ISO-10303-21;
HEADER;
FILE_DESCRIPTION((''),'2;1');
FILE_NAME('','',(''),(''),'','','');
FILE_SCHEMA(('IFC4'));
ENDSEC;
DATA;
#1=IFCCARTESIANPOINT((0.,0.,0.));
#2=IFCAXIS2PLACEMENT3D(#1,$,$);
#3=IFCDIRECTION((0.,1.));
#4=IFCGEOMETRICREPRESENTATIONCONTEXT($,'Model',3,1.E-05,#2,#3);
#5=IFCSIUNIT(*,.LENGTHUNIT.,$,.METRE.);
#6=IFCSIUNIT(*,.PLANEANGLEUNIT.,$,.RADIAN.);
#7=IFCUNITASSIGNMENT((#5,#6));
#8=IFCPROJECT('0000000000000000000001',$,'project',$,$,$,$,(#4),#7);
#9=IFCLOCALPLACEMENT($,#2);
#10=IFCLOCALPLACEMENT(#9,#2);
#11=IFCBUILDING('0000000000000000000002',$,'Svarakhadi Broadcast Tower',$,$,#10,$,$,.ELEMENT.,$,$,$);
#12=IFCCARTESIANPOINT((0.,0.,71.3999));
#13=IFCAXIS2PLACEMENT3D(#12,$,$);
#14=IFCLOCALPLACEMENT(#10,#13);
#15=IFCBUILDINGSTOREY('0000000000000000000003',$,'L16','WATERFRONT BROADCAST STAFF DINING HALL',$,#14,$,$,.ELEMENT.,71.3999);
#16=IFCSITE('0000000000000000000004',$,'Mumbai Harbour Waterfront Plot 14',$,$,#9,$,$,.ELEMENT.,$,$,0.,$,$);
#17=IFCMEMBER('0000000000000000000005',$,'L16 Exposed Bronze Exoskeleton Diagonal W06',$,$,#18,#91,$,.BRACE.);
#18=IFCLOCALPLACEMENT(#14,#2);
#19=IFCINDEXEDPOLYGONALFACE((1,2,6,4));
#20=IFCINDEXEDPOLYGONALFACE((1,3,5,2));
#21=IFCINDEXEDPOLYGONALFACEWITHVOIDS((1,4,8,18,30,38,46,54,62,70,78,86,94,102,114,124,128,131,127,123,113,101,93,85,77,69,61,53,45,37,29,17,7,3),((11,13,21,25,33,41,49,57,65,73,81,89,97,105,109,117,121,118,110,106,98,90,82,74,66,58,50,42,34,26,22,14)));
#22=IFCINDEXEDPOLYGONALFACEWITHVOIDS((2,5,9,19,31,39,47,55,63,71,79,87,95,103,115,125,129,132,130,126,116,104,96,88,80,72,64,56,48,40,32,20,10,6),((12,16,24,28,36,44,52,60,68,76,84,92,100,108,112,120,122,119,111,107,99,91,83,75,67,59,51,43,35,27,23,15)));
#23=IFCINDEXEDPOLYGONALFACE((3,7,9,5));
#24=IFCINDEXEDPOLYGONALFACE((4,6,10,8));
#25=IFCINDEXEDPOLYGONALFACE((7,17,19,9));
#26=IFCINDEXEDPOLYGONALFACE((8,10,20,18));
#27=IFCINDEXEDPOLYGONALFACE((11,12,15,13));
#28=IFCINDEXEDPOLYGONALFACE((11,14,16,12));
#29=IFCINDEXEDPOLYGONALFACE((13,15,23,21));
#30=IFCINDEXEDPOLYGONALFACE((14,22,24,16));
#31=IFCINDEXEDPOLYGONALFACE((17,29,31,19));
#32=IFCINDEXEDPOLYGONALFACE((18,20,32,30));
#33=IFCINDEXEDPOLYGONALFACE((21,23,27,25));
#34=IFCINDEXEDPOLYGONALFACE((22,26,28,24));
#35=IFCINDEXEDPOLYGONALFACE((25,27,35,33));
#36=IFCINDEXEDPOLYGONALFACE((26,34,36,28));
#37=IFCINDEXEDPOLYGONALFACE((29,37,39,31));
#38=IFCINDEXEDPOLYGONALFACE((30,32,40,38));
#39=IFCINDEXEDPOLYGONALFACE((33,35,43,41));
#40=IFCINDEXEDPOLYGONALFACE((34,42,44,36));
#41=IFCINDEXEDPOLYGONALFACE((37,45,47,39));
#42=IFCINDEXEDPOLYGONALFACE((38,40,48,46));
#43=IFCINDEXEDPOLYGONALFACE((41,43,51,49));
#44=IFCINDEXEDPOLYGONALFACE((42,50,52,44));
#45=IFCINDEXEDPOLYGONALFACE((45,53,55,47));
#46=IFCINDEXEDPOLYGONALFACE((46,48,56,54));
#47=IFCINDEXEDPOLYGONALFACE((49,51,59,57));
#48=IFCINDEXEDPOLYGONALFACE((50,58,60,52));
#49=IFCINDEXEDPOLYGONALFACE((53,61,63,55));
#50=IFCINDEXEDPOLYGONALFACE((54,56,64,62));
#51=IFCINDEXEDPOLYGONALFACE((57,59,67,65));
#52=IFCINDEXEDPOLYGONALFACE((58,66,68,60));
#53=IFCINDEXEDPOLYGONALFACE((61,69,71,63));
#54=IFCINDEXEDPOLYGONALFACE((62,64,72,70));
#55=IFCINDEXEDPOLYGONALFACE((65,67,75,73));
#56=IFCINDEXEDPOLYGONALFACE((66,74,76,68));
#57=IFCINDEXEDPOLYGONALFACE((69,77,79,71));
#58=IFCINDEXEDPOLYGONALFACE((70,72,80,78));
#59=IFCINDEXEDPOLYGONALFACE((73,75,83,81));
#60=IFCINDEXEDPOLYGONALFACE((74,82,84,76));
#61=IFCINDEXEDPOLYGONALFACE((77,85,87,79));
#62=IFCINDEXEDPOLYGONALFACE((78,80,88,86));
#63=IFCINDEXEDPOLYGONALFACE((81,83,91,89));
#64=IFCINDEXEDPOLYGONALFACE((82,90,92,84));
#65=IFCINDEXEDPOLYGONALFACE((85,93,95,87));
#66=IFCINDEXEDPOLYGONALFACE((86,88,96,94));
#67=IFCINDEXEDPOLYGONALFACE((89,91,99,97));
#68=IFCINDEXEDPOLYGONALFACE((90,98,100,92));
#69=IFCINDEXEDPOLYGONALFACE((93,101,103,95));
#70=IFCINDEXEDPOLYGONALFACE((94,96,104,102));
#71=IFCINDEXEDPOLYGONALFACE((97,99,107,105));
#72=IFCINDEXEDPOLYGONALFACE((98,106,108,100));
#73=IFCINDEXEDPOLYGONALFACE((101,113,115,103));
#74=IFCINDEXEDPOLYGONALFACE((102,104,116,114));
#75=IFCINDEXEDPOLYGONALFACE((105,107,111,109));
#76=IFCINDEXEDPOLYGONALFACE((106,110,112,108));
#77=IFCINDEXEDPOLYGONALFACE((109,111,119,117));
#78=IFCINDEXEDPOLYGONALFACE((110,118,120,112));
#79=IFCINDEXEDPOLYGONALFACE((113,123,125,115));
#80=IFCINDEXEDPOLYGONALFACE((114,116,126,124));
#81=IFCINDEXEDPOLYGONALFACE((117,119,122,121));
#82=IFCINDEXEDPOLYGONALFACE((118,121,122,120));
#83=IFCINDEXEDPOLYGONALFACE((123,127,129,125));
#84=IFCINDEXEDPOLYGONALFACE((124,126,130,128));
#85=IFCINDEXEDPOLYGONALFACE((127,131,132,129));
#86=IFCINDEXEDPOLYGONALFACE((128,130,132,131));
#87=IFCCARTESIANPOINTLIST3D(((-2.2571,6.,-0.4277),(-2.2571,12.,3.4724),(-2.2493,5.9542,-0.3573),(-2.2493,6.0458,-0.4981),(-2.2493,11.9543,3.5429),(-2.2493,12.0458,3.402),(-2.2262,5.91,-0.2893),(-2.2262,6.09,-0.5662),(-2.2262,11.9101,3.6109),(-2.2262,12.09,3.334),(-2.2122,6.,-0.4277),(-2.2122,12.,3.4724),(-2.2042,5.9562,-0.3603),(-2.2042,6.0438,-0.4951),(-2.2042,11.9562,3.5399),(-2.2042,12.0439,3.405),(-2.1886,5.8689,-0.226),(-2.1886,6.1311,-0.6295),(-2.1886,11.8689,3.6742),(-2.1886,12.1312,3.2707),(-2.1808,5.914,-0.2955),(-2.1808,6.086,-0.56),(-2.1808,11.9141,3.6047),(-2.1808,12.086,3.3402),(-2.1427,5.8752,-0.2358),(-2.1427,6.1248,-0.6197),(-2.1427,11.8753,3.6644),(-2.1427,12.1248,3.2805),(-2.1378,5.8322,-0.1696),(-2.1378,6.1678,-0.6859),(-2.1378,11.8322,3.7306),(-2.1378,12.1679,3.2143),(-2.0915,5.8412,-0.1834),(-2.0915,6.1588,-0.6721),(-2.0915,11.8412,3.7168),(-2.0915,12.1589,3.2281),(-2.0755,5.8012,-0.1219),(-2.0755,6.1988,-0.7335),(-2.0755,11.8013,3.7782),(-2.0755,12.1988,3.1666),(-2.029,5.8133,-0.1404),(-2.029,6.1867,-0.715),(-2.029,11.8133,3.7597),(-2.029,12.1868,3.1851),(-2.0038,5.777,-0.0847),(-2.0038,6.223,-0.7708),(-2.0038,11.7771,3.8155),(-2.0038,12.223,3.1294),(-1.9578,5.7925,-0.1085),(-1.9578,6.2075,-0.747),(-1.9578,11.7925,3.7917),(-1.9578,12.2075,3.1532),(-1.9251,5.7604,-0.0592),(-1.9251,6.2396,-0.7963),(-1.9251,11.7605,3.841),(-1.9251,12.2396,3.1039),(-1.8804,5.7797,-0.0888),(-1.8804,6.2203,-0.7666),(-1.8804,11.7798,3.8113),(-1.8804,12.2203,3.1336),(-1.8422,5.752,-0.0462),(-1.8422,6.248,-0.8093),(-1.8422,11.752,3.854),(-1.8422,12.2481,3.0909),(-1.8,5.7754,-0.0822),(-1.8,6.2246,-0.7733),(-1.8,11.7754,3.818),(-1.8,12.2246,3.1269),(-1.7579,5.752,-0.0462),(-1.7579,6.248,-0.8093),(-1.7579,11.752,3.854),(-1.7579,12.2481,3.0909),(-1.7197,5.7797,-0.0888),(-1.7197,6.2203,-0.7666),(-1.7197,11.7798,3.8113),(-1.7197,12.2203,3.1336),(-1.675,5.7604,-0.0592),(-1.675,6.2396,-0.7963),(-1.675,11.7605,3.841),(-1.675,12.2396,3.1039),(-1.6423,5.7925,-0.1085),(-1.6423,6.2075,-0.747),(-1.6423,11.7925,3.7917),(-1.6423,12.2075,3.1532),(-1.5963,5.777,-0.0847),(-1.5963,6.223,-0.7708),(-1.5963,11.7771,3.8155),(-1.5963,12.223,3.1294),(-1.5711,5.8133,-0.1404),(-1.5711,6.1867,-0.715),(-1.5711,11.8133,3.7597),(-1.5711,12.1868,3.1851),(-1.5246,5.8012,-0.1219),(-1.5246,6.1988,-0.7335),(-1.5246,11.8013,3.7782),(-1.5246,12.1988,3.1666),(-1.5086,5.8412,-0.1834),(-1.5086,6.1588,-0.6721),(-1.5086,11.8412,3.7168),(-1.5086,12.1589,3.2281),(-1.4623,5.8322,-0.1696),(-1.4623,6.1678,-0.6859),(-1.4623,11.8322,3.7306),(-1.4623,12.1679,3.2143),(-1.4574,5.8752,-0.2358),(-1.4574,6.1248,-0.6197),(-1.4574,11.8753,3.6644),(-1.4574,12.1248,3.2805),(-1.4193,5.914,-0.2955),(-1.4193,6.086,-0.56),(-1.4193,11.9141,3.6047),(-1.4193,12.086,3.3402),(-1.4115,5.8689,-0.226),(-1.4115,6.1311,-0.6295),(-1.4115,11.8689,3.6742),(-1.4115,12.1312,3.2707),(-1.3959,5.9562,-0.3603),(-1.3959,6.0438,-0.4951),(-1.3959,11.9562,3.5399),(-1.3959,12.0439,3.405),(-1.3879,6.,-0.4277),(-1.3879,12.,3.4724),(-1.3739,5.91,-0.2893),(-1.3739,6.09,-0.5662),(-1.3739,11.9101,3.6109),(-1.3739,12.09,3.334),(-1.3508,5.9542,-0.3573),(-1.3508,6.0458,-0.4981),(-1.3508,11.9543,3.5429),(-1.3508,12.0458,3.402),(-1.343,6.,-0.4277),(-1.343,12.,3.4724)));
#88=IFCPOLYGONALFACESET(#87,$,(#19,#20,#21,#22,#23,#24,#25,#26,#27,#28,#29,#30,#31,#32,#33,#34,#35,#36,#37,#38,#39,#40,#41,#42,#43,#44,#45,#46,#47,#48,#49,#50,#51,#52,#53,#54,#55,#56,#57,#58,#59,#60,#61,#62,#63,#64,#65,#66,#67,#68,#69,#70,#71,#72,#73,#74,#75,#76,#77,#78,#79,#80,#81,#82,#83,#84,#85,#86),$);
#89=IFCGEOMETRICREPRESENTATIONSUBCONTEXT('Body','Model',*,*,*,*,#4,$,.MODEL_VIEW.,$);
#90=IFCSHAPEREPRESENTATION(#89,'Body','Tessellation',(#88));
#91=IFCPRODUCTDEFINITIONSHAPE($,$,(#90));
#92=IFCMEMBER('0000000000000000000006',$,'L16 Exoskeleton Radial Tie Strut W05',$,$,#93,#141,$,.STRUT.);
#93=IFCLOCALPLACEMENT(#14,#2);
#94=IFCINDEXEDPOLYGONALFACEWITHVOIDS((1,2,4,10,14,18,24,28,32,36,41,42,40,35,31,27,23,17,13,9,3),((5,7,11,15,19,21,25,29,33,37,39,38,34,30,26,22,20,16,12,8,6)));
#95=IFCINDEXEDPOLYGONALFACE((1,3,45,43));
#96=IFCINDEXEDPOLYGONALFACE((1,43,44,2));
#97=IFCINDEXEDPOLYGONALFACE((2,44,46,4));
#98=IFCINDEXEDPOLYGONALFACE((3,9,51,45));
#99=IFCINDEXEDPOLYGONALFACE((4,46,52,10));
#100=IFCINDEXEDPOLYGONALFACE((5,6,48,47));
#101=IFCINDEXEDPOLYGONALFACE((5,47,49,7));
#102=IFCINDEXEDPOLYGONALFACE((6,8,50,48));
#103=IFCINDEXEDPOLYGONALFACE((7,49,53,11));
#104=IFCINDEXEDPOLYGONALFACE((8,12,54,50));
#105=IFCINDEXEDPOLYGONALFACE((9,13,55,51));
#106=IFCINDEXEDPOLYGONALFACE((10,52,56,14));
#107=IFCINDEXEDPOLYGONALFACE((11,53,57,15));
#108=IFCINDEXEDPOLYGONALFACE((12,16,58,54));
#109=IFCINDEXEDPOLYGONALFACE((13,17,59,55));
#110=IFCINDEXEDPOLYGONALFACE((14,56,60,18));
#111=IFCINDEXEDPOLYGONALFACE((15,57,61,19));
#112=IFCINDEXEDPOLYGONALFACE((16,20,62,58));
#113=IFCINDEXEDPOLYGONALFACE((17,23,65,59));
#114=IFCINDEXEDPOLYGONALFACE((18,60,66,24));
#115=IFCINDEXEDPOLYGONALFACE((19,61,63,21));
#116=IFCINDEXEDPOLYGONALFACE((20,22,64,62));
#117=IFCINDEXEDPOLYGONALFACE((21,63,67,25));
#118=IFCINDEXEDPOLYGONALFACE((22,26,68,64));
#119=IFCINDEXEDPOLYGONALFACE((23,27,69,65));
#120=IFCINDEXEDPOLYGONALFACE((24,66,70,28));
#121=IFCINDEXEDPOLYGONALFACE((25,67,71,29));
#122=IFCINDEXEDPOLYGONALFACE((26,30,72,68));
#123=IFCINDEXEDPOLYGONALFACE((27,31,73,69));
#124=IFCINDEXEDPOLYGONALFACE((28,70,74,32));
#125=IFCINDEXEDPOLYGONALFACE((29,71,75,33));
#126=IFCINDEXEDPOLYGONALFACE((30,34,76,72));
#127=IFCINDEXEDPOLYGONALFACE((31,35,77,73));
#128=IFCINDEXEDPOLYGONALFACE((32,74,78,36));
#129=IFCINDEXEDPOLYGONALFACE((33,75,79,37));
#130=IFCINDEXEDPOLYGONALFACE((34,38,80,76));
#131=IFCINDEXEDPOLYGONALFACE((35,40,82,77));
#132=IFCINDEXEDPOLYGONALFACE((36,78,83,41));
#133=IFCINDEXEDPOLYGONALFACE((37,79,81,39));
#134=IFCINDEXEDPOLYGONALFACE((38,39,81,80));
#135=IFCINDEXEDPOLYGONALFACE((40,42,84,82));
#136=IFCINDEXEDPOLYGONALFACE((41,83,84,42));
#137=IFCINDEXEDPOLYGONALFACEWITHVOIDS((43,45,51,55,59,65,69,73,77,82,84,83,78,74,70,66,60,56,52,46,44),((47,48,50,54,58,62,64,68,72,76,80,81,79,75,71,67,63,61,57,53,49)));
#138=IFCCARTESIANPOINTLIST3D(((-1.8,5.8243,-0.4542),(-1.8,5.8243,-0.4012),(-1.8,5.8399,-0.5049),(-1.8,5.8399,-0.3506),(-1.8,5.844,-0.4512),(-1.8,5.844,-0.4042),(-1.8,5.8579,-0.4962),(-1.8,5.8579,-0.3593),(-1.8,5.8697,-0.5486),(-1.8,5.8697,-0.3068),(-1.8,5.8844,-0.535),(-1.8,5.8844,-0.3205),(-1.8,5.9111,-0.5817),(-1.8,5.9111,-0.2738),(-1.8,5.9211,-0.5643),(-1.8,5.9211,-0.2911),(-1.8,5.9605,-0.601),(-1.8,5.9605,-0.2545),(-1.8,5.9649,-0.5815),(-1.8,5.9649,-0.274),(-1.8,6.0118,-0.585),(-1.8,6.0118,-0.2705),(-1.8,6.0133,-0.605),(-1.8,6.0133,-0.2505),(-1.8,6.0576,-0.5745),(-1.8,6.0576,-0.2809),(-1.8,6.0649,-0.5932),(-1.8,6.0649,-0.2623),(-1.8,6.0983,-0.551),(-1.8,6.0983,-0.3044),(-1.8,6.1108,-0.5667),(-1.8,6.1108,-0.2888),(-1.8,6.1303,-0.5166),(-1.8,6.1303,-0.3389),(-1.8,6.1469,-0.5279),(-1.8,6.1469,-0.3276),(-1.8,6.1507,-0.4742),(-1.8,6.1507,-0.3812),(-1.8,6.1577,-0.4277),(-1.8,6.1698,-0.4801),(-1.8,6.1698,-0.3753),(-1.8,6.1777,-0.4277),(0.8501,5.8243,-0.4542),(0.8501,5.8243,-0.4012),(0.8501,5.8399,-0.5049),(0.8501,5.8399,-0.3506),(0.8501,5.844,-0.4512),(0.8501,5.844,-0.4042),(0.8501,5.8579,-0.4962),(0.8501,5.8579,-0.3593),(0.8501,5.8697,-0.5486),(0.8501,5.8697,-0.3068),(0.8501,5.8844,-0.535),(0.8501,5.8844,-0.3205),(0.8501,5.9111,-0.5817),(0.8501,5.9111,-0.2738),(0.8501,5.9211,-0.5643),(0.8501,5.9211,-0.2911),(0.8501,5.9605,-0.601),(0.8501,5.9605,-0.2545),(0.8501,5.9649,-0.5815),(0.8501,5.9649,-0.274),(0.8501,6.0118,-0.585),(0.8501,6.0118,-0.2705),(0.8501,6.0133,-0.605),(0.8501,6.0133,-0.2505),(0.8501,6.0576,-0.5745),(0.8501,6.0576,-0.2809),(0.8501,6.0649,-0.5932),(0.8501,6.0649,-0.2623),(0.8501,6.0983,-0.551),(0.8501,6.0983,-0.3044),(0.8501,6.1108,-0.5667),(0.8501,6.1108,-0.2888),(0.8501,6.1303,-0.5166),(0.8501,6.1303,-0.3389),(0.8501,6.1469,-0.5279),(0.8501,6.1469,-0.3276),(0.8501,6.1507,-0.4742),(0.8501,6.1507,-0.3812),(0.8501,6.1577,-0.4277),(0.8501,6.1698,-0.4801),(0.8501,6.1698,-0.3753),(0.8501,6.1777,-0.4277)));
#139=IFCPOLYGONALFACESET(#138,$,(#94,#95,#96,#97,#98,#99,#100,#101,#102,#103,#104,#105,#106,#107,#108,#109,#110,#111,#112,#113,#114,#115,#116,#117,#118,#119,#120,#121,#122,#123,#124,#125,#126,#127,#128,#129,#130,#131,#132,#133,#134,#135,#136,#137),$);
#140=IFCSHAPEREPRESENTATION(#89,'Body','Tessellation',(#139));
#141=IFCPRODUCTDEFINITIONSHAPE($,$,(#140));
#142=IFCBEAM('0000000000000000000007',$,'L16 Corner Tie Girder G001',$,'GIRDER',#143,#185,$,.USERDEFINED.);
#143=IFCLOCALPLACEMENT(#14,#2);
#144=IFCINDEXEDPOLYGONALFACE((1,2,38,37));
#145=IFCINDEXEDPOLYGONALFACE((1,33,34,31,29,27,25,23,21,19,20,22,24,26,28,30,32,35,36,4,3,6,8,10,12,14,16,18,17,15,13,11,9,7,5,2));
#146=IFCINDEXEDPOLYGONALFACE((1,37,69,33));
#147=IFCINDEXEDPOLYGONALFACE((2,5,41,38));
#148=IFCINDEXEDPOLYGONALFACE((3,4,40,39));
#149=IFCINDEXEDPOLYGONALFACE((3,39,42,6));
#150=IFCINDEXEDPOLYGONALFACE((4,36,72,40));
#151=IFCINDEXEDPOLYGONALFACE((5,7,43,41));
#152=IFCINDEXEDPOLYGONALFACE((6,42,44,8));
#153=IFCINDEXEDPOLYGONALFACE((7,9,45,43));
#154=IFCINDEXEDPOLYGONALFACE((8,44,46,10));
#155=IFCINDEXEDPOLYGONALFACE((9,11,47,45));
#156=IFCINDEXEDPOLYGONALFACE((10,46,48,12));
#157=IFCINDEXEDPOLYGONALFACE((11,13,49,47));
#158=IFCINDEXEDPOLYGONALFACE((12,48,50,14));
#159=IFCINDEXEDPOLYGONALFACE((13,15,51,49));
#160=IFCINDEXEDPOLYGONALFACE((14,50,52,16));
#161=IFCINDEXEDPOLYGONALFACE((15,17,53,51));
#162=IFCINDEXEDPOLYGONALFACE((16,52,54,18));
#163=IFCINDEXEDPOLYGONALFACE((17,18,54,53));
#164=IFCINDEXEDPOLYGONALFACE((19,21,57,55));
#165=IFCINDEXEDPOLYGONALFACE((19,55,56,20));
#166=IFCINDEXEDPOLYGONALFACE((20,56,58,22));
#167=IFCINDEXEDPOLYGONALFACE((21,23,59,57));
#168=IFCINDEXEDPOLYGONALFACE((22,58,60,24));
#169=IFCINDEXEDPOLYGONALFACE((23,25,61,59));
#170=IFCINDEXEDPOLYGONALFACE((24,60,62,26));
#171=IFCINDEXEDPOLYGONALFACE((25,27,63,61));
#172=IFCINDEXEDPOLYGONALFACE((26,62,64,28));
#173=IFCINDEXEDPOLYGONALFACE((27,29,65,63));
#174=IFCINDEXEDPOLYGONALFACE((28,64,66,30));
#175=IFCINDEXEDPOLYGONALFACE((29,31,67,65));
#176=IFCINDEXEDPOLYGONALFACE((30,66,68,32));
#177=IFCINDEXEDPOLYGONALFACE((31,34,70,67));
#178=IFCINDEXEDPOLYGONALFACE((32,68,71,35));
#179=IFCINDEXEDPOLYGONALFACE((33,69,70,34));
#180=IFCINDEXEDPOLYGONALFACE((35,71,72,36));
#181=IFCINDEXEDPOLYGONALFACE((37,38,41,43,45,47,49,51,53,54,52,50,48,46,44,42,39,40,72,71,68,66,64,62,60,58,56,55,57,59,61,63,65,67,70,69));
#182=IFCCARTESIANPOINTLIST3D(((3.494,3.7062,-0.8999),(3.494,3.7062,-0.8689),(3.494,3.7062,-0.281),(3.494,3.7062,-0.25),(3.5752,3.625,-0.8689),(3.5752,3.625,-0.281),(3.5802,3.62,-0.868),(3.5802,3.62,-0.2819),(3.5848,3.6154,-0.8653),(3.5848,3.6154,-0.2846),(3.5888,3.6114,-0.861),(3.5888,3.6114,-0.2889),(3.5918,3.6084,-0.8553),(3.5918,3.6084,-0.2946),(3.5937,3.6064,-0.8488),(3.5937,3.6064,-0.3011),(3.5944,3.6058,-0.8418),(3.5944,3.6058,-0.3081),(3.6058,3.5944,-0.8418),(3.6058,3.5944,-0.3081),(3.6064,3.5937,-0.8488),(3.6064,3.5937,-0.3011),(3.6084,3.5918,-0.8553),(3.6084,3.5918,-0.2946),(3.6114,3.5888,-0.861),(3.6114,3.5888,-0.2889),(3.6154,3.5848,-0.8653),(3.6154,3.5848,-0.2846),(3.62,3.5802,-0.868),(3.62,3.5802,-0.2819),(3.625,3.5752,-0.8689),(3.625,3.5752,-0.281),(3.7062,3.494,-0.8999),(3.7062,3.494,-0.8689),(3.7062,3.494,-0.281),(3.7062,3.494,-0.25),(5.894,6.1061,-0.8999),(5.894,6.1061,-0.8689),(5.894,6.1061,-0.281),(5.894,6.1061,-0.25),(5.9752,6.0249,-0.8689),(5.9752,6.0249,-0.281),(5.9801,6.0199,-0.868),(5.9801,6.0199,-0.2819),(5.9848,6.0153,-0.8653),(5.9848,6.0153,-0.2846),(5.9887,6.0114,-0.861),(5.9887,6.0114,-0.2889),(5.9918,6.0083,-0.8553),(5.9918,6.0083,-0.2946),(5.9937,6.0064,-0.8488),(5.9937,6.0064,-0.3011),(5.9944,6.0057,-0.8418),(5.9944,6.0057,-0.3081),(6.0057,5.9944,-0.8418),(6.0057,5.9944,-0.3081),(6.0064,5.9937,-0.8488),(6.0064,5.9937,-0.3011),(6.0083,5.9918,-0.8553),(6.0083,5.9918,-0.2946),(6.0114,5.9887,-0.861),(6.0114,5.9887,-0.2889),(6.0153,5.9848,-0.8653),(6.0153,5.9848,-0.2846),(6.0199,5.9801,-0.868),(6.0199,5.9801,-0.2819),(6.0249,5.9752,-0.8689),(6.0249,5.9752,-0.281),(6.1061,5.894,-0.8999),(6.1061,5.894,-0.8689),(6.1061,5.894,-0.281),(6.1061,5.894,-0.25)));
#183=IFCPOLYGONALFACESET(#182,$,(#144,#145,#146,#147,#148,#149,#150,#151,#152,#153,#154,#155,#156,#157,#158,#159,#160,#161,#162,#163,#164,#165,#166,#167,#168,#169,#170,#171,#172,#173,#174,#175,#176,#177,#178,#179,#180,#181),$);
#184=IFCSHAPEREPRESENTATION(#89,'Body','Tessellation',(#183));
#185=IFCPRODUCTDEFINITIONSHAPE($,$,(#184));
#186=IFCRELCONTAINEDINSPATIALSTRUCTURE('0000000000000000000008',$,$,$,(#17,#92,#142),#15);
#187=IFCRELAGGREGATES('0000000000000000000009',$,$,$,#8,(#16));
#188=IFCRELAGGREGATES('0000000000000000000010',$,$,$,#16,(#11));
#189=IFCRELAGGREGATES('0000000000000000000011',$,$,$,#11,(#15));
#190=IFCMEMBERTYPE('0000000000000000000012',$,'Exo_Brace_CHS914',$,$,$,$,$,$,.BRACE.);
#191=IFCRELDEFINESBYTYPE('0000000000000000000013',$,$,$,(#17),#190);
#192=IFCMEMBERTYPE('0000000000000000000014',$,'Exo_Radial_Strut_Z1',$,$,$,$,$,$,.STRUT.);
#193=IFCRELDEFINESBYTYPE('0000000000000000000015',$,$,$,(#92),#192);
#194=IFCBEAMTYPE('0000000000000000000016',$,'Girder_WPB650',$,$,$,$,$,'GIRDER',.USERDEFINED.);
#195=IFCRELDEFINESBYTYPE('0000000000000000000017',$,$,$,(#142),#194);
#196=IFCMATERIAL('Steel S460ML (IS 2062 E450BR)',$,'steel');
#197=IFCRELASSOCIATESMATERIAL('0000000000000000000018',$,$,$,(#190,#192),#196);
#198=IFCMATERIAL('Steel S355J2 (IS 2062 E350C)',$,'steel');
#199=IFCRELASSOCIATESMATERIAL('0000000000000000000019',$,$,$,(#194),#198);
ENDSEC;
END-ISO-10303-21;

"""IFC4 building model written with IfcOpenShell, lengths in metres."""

from ifc_helpers import new_model, si_unit, direction, frame, origin, origin_2d, place, context, subcontext, project, spatial, hollow_circle, i_section, extrude, material, material_profile, profile_set, type_object, element, save


model = new_model("IFC4")

# Units and contexts
model_context = context("Model", 3, precision=1e-05, world=origin(), true_north=direction((0.0, 1.0)))
body_context = subcontext(model_context, "Body", "Model", "MODEL_VIEW")
ifc_project = project(units=[si_unit("LENGTHUNIT", "METRE"), si_unit("PLANEANGLEUNIT", "RADIAN")], contexts=[model_context])

# Site, building, storey
site_placement = place(None, origin())
site = spatial("IfcSite", under=ifc_project, at=site_placement, Name="Mumbai Harbour Waterfront Plot 14", CompositionType="ELEMENT", RefElevation=0.0)
building_placement = place(site_placement, origin())
building = spatial("IfcBuilding", under=site, at=building_placement, Name="Svarakhadi Broadcast Tower", CompositionType="ELEMENT")
storey_placement = place(building_placement, frame((0.0, 0.0, 71.3999)))
storey = spatial("IfcBuildingStorey", under=building, at=storey_placement, Name="L16", Description="WATERFRONT BROADCAST STAFF DINING HALL", CompositionType="ELEMENT", Elevation=71.3999)

# Shared definitions
ifc_material_1 = material(Name="Steel S460ML (IS 2062 E450BR)", Category="steel")

# Members
ifc_material_profile_1 = material_profile(ifc_material_1, hollow_circle(Radius=0.457, WallThickness=0.0449, at=origin_2d()), Name="CHS 914x45")
ifc_profile_set_1 = profile_set([ifc_material_profile_1], Name="Steel S460ML (IS 2062 E450BR)")
member_type_1 = type_object("IfcMemberType", Name="Exo_Brace_CHS914", PredefinedType="BRACE", material=ifc_profile_set_1)
member_1_placement = place(storey_placement, frame((-1.8, 6.0, -0.4277), z_axis=(0.0, 0.838434, 0.545003), x_axis=(-1.0, 0.0, 0.0)))
element("IfcMember", 1, at=member_1_placement, inside=storey, type_object=member_type_1, Name="L16 Exposed Bronze Exoskeleton Diagonal W06", PredefinedType="BRACE", context=body_context, shape_type="SweptSolid", body=[
    extrude(hollow_circle(Radius=0.457, WallThickness=0.0449, at=origin_2d()), origin(), (0.0, 0.0, 1.0), 7.1562),
])
ifc_material_profile_2 = material_profile(ifc_material_1, hollow_circle(Radius=0.1777, WallThickness=0.02, at=origin_2d()), Name="CHS 355.6x20")
ifc_profile_set_2 = profile_set([ifc_material_profile_2], Name="Steel S460ML (IS 2062 E450BR)")
member_type_2 = type_object("IfcMemberType", Name="Exo_Radial_Strut_Z1", PredefinedType="STRUT", material=ifc_profile_set_2)
member_2_placement = place(storey_placement, frame((-1.8, 6.0, -0.4277), z_axis=(1.0, 0.0, 0.0), x_axis=(0.0, 1.0, 0.0)))
element("IfcMember", 2, at=member_2_placement, inside=storey, type_object=member_type_2, Name="L16 Exoskeleton Radial Tie Strut W05", PredefinedType="STRUT", context=body_context, shape_type="SweptSolid", body=[
    extrude(hollow_circle(Radius=0.1777, WallThickness=0.02, at=origin_2d()), origin(), (0.0, 0.0, 1.0), 2.6501),
])

# Beam
ifc_material_2 = material(Name="Steel S355J2 (IS 2062 E350C)", Category="steel")
ifc_material_profile_3 = material_profile(ifc_material_2, i_section(OverallWidth=0.3, OverallDepth=0.6499, WebThickness=0.0161, FlangeThickness=0.031, FilletRadius=0.0271, at=origin_2d()), Name="WPB 650x300x225")
ifc_profile_set_3 = profile_set([ifc_material_profile_3], Name="Steel S355J2 (IS 2062 E350C)")
beam_type = type_object("IfcBeamType", Name="Girder_WPB650", ElementType="GIRDER", PredefinedType="USERDEFINED", material=ifc_profile_set_3)
beam_1_placement = place(storey_placement, frame((3.6001, 3.6001, -0.575), z_axis=(0.707107, 0.707107, 0.0), x_axis=(-0.707107, 0.707107, 0.0)))
element("IfcBeam", 3, at=beam_1_placement, inside=storey, type_object=beam_type, Name="L16 Corner Tie Girder G001", ObjectType="GIRDER", PredefinedType="USERDEFINED", context=body_context, shape_type="SweptSolid", body=[
    extrude(i_section(OverallWidth=0.3, OverallDepth=0.6499, WebThickness=0.0161, FlangeThickness=0.031, FilletRadius=0.0271, at=origin_2d()), origin(), (0.0, 0.0, 1.0), 3.394),
])

save(model, "model.ifc")
